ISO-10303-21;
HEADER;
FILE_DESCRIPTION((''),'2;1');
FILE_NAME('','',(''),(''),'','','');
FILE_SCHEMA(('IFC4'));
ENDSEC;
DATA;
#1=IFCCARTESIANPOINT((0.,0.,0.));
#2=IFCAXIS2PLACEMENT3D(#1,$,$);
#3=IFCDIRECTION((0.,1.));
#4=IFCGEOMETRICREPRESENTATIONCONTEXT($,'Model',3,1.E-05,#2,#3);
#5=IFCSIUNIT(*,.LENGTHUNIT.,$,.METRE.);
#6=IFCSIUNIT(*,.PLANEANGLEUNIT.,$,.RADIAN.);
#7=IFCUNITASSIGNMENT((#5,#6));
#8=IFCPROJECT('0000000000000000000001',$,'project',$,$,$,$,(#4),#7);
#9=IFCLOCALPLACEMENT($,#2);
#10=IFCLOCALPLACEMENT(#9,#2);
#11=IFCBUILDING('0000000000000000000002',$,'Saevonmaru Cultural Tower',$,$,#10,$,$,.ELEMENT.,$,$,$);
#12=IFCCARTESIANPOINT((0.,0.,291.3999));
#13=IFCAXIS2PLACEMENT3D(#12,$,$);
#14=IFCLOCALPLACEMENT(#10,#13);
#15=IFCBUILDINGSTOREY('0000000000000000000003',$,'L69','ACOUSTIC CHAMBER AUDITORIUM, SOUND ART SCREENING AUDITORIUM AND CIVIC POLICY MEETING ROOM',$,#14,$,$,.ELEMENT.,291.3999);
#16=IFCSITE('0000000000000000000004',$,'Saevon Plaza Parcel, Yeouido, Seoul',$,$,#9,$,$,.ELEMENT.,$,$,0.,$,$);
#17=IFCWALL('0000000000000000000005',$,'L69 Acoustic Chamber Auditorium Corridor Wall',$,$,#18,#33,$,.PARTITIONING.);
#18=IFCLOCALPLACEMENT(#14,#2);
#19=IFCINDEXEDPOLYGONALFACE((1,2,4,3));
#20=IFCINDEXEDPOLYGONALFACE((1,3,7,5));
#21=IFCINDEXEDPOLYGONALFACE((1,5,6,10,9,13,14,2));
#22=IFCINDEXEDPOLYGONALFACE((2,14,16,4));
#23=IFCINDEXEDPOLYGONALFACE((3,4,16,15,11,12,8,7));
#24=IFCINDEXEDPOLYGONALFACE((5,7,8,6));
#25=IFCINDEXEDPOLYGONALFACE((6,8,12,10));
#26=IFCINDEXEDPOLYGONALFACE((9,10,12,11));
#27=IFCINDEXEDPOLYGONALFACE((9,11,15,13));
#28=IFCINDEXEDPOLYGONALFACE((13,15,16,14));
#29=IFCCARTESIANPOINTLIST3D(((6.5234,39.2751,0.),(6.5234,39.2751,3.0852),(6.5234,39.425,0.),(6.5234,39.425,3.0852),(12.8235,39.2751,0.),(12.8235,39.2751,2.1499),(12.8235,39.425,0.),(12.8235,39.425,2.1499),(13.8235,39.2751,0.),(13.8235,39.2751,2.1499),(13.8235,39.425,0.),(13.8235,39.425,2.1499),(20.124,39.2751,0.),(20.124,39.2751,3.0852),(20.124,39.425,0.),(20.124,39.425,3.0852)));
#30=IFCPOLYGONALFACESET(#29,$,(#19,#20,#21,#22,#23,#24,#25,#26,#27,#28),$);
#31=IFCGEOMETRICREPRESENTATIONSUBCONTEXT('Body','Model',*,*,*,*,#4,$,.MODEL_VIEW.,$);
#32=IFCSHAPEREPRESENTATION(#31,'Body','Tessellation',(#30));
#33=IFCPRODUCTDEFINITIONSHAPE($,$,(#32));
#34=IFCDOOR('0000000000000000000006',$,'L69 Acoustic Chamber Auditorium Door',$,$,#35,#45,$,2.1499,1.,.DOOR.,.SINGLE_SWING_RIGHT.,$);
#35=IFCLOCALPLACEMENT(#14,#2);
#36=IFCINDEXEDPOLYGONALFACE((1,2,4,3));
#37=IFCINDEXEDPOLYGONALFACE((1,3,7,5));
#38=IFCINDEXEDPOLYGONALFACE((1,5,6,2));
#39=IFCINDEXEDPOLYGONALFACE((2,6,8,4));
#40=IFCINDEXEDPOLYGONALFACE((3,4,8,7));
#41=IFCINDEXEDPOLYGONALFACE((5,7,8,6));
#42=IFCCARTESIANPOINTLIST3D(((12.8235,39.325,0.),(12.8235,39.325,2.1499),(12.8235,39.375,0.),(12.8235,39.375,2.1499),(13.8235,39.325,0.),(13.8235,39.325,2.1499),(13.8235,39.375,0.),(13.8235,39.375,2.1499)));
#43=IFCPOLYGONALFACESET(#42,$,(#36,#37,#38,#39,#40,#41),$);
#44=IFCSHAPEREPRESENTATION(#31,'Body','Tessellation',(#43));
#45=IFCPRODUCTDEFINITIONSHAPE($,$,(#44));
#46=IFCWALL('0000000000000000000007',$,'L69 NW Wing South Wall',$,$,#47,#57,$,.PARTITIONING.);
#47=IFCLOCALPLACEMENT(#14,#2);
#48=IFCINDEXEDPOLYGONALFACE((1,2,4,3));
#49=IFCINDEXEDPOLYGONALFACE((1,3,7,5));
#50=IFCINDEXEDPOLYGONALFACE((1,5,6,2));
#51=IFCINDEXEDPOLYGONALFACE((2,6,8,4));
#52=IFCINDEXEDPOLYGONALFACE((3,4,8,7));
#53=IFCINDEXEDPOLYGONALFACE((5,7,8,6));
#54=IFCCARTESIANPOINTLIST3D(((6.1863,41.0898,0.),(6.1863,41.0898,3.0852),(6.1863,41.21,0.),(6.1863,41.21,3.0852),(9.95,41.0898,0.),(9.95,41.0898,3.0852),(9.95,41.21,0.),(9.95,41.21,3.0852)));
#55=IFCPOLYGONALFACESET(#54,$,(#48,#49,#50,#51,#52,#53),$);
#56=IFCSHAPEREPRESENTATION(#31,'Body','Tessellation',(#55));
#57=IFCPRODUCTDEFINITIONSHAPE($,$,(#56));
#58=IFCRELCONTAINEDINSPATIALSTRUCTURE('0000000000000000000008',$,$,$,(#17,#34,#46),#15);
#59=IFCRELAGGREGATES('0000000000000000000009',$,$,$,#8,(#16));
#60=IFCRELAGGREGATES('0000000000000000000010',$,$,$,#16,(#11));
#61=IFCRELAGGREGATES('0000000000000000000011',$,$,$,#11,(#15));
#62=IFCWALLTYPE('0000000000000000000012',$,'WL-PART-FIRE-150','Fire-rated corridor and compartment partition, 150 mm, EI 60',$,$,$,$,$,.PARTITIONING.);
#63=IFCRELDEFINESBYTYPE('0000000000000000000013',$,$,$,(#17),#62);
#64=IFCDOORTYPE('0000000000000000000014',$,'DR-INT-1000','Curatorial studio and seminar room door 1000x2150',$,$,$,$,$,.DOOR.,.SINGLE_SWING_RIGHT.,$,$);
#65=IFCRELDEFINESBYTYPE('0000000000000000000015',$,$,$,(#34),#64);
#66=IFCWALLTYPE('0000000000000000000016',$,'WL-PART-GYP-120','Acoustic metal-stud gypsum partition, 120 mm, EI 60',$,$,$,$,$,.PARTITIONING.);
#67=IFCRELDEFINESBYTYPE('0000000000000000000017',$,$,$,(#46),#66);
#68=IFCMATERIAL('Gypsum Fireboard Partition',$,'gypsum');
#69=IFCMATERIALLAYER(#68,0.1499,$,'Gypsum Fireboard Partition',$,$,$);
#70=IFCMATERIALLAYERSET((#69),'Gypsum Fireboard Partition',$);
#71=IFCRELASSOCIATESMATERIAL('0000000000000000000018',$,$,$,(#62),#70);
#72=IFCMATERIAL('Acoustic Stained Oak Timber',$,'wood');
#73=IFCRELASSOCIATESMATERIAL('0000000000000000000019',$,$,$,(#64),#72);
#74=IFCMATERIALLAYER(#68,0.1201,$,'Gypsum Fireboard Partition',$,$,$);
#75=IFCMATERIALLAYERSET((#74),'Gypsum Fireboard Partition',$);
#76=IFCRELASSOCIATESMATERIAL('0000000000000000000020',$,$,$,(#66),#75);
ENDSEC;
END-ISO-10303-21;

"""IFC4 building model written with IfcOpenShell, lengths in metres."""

from ifc_helpers import new_model, si_unit, direction, frame, frame_2d, origin, place, context, subcontext, project, spatial, rectangle, extrude, material, layer, layer_set, type_object, element, fill, save


model = new_model("IFC4")

# Units and contexts
model_context = context("Model", 3, precision=1e-05, world=origin(), true_north=direction((0.0, 1.0)))
body_context = subcontext(model_context, "Body", "Model", "MODEL_VIEW")
ifc_project = project(units=[si_unit("LENGTHUNIT", "METRE"), si_unit("PLANEANGLEUNIT", "RADIAN")], contexts=[model_context])

# Site, building, storey
site_placement = place(None, origin())
site = spatial("IfcSite", under=ifc_project, at=site_placement, Name="Saevon Plaza Parcel, Yeouido, Seoul", CompositionType="ELEMENT", RefElevation=0.0)
building_placement = place(site_placement, origin())
building = spatial("IfcBuilding", under=site, at=building_placement, Name="Saevonmaru Cultural Tower", CompositionType="ELEMENT")
storey_placement = place(building_placement, frame((0.0, 0.0, 291.3999)))
storey = spatial("IfcBuildingStorey", under=building, at=storey_placement, Name="L69", Description="ACOUSTIC CHAMBER AUDITORIUM, SOUND ART SCREENING AUDITORIUM AND CIVIC POLICY MEETING ROOM", CompositionType="ELEMENT", Elevation=291.3999)

# Wall, opening, door
ifc_material_1 = material(Name="Gypsum Fireboard Partition", Category="gypsum")
ifc_layer_1 = layer(ifc_material_1, 0.1499, Name="Gypsum Fireboard Partition")
ifc_layer_set_1 = layer_set([ifc_layer_1], Name="Gypsum Fireboard Partition")
wall_type_1 = type_object("IfcWallType", Name="WL-PART-FIRE-150", Description="Fire-rated corridor and compartment partition, 150 mm, EI 60", PredefinedType="PARTITIONING", material=ifc_layer_set_1)
ifc_material_2 = material(Name="Acoustic Stained Oak Timber", Category="wood")
door_type = type_object("IfcDoorType", Name="DR-INT-1000", Description="Curatorial studio and seminar room door 1000x2150", OperationType="SINGLE_SWING_RIGHT", PredefinedType="DOOR", material=ifc_material_2)
wall_1_placement = place(storey_placement, frame((6.5234, 39.3501, 0.0), z_axis=(0.0, 0.0, 1.0), x_axis=(1.0, 0.0, 0.0)))
wall_1 = element("IfcWall", 1, at=wall_1_placement, inside=storey, type_object=wall_type_1, Name="L69 Acoustic Chamber Auditorium Corridor Wall", PredefinedType="PARTITIONING", context=body_context, shape_type="SweptSolid", body=[
    extrude(rectangle(XDim=13.6006, YDim=0.1499, at=frame_2d((6.8003, 0.0))), origin(), (0.0, 0.0, 1.0), 3.0852),
])
opening_1_placement = place(wall_1_placement, frame((6.3, 0.0, 0.0)))
opening_1 = element("IfcOpeningElement", 2, at=opening_1_placement, cuts=wall_1, PredefinedType="OPENING", context=body_context, shape_type="SweptSolid", body=[
    extrude(rectangle(XDim=1.0, YDim=2.1499, at=frame_2d((0.5, 1.075))), frame((0.0, 0.085, 0.0), z_axis=(0.0, -1.0, 0.0), x_axis=(1.0, 0.0, 0.0)), (0.0, 0.0, 1.0), 0.1699),
])
door_1_placement = place(opening_1_placement, origin())
door_1 = element("IfcDoor", 3, at=door_1_placement, inside=storey, type_object=door_type, Name="L69 Acoustic Chamber Auditorium Door", OperationType="SINGLE_SWING_RIGHT", OverallHeight=2.1499, OverallWidth=1.0, PredefinedType="DOOR", context=body_context, shape_type="SweptSolid", body=[
    extrude(rectangle(XDim=1.0, YDim=2.1499, at=frame_2d((0.5, 1.075))), frame((0.0, 0.0249, 0.0), z_axis=(0.0, -1.0, 0.0), x_axis=(1.0, 0.0, 0.0)), (0.0, 0.0, 1.0), 0.05),
])
fill(opening_1, door_1)

# Wall
ifc_layer_2 = layer(ifc_material_1, 0.1201, Name="Gypsum Fireboard Partition")
ifc_layer_set_2 = layer_set([ifc_layer_2], Name="Gypsum Fireboard Partition")
wall_type_2 = type_object("IfcWallType", Name="WL-PART-GYP-120", Description="Acoustic metal-stud gypsum partition, 120 mm, EI 60", PredefinedType="PARTITIONING", material=ifc_layer_set_2)
wall_2_placement = place(storey_placement, frame((6.1863, 41.1499, 0.0), z_axis=(0.0, 0.0, 1.0), x_axis=(1.0, 0.0, 0.0)))
element("IfcWall", 4, at=wall_2_placement, inside=storey, type_object=wall_type_2, Name="L69 NW Wing South Wall", PredefinedType="PARTITIONING", context=body_context, shape_type="SweptSolid", body=[
    extrude(rectangle(XDim=3.7637, YDim=0.1201, at=frame_2d((1.8818, 0.0))), origin(), (0.0, 0.0, 1.0), 3.0852),
])

save(model, "model.ifc")
